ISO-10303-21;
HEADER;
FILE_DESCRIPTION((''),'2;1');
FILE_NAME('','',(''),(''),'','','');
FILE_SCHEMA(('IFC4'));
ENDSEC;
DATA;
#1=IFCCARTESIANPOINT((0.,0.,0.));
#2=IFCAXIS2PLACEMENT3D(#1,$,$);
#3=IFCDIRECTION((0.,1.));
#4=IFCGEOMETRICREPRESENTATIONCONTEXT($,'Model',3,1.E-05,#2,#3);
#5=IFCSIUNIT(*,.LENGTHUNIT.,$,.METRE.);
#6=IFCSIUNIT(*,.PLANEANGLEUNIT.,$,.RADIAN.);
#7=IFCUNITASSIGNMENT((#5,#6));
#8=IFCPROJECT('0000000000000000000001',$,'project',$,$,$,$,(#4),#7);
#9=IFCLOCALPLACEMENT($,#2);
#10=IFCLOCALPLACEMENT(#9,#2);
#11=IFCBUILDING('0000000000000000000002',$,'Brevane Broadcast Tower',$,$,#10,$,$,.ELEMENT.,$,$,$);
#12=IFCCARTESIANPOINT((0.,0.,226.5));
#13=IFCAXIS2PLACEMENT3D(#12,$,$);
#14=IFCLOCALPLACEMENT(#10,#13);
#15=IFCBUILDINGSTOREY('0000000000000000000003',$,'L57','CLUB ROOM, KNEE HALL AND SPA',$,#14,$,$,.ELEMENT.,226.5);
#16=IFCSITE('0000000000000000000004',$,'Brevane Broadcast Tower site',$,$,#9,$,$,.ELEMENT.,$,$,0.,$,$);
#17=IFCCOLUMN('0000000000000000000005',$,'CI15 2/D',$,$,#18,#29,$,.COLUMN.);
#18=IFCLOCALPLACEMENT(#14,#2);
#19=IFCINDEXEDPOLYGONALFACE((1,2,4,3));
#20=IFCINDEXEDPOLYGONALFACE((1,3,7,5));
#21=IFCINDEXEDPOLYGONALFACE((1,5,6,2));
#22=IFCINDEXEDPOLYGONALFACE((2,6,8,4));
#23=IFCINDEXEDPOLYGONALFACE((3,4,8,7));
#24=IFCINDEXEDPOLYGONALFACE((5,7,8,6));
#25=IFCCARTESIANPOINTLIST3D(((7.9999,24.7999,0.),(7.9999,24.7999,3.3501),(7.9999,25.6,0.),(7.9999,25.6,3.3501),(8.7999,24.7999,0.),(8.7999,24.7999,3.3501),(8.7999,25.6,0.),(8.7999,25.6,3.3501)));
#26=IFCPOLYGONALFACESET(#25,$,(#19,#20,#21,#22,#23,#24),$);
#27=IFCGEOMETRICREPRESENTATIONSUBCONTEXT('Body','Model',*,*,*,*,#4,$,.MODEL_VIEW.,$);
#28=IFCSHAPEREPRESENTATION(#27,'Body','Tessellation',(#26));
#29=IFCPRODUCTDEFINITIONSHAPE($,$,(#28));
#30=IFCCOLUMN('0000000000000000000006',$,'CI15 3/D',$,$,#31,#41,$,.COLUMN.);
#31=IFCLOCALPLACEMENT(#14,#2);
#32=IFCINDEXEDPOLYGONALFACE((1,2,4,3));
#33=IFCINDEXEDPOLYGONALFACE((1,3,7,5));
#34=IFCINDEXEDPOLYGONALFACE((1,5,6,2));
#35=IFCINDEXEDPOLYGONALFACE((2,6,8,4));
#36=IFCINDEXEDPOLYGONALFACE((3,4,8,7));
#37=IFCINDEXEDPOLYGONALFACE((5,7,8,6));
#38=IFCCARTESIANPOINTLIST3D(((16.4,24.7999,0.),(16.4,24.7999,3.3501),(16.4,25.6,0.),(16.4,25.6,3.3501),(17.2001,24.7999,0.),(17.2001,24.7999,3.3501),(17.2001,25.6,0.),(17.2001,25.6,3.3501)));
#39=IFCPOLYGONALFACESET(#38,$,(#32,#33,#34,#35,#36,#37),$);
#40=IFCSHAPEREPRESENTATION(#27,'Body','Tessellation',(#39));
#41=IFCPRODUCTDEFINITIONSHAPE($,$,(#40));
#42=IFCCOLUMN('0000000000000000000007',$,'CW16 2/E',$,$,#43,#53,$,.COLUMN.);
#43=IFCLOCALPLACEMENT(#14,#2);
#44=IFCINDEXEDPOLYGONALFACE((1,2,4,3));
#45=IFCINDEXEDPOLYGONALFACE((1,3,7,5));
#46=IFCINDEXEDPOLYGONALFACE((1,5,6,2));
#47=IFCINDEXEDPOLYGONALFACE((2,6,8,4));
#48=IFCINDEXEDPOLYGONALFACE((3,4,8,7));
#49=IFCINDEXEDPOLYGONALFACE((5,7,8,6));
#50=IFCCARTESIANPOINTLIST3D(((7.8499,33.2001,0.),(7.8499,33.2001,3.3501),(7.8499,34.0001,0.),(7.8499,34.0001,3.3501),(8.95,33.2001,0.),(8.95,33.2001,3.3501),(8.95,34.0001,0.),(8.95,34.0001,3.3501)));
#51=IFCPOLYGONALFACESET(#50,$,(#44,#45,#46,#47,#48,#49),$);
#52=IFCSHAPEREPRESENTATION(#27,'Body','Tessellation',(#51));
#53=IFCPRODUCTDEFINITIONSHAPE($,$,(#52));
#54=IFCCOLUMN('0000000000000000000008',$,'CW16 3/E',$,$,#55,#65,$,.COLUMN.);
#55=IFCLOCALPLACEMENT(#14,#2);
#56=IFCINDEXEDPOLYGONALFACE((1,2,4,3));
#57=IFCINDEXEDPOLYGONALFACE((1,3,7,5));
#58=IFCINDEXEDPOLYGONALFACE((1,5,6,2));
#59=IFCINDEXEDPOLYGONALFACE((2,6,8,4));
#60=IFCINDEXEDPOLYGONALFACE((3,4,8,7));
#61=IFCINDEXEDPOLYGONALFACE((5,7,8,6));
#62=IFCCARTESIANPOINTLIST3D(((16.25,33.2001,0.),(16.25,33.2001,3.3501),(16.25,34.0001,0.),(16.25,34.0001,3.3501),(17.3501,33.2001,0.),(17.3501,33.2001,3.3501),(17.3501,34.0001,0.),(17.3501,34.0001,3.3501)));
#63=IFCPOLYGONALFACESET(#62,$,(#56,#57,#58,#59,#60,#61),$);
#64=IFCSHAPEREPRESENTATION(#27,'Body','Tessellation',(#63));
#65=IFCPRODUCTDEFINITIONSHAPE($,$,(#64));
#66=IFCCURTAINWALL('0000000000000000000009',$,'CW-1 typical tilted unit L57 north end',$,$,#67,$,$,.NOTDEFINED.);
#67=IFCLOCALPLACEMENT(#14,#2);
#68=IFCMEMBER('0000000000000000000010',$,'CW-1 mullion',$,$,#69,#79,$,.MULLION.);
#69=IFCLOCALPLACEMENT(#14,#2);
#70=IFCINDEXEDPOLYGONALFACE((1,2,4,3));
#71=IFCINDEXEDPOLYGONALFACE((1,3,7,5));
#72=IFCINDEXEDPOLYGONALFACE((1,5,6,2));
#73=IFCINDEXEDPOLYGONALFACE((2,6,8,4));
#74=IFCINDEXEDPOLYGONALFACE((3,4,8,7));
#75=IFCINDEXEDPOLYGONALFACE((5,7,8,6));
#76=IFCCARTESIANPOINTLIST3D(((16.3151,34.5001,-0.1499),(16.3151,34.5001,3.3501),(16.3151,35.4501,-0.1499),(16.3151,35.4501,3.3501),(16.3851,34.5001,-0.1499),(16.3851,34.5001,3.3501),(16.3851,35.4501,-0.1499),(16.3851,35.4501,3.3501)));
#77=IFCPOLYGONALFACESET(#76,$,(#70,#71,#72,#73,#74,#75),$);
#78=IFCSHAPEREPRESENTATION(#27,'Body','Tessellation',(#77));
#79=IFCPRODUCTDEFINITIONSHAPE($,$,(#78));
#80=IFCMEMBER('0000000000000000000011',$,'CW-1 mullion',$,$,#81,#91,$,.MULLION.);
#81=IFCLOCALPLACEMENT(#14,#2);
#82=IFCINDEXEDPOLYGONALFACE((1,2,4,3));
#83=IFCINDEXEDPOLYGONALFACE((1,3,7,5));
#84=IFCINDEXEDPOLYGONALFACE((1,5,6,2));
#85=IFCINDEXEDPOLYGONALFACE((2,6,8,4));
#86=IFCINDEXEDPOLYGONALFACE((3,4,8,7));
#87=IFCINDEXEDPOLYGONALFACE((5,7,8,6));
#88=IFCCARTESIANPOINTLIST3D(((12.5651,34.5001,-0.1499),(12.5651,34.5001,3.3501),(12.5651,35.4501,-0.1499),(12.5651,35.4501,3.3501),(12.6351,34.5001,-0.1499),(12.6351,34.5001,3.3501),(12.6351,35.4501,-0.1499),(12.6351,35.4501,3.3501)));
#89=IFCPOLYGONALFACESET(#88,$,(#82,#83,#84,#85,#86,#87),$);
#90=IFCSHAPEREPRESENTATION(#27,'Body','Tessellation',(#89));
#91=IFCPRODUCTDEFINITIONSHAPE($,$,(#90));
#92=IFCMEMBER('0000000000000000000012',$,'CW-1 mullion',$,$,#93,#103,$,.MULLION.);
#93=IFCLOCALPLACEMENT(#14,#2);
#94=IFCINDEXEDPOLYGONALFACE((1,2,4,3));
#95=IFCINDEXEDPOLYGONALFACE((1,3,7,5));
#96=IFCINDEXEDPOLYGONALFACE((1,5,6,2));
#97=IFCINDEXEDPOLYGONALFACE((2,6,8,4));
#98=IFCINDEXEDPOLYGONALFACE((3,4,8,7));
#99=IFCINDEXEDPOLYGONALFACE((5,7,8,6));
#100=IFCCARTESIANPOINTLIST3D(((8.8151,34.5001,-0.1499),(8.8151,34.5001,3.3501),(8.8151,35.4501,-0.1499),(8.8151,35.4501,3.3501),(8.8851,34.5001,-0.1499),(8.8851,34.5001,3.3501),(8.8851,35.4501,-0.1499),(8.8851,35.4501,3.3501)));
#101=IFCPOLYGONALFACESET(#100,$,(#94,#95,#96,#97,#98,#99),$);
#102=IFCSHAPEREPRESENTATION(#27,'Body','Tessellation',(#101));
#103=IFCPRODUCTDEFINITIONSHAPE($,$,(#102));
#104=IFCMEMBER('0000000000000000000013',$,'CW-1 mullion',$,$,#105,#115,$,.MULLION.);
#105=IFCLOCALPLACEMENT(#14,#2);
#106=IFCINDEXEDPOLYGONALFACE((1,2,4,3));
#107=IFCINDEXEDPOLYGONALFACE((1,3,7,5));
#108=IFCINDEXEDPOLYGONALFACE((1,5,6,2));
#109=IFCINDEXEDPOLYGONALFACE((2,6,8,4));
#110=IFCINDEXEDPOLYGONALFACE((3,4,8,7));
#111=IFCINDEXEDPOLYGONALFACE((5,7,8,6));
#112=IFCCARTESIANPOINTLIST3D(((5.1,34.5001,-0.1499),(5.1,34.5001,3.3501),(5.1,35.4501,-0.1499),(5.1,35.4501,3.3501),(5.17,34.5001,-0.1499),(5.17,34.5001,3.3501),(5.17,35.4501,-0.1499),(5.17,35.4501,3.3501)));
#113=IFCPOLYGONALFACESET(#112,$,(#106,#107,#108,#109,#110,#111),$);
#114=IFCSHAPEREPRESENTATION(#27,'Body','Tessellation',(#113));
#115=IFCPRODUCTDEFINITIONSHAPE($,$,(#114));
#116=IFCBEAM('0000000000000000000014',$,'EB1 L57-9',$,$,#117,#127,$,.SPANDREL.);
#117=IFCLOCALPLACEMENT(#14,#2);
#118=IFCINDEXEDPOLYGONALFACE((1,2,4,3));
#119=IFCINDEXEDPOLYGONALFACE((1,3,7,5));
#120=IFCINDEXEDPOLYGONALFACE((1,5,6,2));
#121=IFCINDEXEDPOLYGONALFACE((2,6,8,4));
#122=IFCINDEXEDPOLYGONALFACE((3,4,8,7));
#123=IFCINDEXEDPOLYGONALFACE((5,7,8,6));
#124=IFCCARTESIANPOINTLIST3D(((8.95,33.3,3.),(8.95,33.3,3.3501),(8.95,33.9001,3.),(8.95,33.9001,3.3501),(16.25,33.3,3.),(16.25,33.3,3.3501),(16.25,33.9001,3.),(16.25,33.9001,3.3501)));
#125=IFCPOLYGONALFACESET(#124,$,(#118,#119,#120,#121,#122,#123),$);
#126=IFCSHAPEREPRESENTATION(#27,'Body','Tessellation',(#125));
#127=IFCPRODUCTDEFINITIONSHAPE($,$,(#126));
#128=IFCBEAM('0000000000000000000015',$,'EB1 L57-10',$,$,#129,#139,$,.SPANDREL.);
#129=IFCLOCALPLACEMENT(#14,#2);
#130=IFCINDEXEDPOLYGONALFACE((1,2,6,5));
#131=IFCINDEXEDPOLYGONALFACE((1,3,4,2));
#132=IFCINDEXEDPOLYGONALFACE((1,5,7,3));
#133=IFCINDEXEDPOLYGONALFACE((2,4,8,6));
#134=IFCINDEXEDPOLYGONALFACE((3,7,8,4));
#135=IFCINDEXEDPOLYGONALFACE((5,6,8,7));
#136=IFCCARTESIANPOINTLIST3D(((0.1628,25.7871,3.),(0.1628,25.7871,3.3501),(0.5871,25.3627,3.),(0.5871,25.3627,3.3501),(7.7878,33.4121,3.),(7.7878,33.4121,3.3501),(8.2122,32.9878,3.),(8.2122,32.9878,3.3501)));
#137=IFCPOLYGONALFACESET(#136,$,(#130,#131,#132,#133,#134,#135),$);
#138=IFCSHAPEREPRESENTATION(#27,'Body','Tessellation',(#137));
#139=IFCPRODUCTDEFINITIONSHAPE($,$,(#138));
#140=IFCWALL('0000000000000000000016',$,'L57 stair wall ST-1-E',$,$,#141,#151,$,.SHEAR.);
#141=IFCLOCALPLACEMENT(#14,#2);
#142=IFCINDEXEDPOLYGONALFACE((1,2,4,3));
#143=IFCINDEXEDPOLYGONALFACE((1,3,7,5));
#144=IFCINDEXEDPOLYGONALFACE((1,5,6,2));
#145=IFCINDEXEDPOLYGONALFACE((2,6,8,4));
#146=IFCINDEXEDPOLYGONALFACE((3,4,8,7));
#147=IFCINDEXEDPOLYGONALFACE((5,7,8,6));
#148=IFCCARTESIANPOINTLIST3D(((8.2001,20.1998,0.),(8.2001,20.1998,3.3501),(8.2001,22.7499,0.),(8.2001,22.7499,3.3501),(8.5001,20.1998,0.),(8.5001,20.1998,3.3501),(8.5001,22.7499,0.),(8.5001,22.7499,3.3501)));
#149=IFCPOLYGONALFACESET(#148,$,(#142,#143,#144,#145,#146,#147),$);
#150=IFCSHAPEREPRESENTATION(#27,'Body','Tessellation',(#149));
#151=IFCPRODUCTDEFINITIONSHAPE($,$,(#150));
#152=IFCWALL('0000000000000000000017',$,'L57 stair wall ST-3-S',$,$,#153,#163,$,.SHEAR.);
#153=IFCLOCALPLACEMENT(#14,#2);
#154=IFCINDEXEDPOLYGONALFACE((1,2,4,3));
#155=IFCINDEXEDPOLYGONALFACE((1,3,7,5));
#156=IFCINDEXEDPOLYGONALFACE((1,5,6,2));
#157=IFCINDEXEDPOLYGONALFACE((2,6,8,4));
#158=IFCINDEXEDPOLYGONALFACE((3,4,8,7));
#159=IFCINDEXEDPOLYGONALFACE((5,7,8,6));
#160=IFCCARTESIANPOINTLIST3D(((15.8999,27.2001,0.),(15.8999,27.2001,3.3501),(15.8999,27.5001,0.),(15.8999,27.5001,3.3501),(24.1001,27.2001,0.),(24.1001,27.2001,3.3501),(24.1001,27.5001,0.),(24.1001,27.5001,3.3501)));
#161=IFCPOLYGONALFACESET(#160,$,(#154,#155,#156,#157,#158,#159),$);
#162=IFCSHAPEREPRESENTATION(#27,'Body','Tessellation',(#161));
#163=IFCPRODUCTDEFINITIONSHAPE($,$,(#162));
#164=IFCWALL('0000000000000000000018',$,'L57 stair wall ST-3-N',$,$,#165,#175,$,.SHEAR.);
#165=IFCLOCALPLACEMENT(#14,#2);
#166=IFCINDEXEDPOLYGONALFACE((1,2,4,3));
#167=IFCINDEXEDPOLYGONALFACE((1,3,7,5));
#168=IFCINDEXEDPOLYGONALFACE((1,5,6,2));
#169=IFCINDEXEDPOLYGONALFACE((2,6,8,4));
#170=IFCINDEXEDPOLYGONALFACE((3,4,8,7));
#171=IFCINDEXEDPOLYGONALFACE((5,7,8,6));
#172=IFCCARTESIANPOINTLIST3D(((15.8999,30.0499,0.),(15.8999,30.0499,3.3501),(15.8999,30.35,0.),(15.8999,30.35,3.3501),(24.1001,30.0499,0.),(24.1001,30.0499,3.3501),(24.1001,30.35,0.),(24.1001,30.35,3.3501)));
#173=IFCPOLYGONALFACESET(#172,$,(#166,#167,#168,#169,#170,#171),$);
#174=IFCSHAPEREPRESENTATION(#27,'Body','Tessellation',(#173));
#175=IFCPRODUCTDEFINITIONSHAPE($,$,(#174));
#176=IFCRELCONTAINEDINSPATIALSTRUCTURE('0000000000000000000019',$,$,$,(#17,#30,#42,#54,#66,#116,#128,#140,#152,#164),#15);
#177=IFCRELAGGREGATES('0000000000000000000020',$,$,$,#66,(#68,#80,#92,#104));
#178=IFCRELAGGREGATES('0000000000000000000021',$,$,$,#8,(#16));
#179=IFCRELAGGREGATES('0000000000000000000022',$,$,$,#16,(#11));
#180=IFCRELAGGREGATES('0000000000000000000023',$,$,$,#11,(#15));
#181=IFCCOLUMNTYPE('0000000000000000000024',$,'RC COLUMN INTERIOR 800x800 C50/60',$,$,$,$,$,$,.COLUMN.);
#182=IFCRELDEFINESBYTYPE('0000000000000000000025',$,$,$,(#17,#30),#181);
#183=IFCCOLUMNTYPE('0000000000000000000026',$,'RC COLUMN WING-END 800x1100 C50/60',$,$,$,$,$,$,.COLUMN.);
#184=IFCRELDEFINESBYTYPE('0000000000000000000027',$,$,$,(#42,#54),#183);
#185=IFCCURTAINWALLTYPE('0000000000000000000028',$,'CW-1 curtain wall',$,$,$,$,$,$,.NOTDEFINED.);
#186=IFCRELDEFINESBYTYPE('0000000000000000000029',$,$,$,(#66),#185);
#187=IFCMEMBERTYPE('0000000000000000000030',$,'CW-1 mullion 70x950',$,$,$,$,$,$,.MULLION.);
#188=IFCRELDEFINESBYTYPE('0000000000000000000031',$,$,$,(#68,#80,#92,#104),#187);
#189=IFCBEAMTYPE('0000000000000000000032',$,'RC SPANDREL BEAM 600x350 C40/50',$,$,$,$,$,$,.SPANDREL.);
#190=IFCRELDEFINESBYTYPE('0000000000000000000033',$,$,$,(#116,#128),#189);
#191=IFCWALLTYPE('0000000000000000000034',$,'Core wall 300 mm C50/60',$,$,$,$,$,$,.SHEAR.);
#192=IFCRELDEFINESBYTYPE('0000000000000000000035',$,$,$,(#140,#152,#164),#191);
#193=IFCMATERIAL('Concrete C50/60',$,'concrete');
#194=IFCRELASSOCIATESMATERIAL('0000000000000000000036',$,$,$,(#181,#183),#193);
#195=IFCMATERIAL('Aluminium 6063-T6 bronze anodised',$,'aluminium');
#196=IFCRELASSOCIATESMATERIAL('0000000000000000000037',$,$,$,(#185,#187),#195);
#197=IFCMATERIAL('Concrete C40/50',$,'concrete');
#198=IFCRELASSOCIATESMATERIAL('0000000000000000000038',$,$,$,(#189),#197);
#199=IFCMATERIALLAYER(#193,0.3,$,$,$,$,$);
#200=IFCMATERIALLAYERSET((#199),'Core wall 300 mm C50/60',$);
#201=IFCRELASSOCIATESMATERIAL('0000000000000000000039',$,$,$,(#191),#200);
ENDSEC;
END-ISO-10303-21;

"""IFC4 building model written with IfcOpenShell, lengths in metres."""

from ifc_helpers import new_model, si_unit, direction, frame, frame_2d, origin, origin_2d, place, context, subcontext, project, spatial, rectangle, extrude, material, layer, layer_set, material_profile, profile_set, type_object, element, aggregate, save


model = new_model("IFC4")

# Units and contexts
model_context = context("Model", 3, precision=1e-05, world=origin(), true_north=direction((0.0, 1.0)))
body_context = subcontext(model_context, "Body", "Model", "MODEL_VIEW")
ifc_project = project(units=[si_unit("LENGTHUNIT", "METRE"), si_unit("PLANEANGLEUNIT", "RADIAN")], contexts=[model_context])

# Site, building, storey
site_placement = place(None, origin())
site = spatial("IfcSite", under=ifc_project, at=site_placement, Name="Brevane Broadcast Tower site", CompositionType="ELEMENT", RefElevation=0.0)
building_placement = place(site_placement, origin())
building = spatial("IfcBuilding", under=site, at=building_placement, Name="Brevane Broadcast Tower", CompositionType="ELEMENT")
storey_placement = place(building_placement, frame((0.0, 0.0, 226.5)))
storey = spatial("IfcBuildingStorey", under=building, at=storey_placement, Name="L57", Description="CLUB ROOM, KNEE HALL AND SPA", CompositionType="ELEMENT", Elevation=226.5)

# Columns
ifc_material_1 = material(Name="Concrete C50/60", Category="concrete")
ifc_material_profile_1 = material_profile(ifc_material_1, rectangle(XDim=0.8, YDim=0.8, at=origin_2d()), Name="RC 800x800")
ifc_profile_set_1 = profile_set([ifc_material_profile_1], Name="Concrete C50/60")
column_type_1 = type_object("IfcColumnType", Name="RC COLUMN INTERIOR 800x800 C50/60", PredefinedType="COLUMN", material=ifc_profile_set_1)
for number, where, z_axis, x_axis, name in (
    (1, (8.3999, 25.2, 0.0), (0.0, 0.0, 1.0), (1.0, 0.0, 0.0), "CI15 2/D"),
    (2, (16.8, 25.2, 0.0), (0.0, 0.0, 1.0), (1.0, 0.0, 0.0), "CI15 3/D"),
):
    element("IfcColumn", number, at=place(storey_placement, frame(where, z_axis=z_axis, x_axis=x_axis)), inside=storey, type_object=column_type_1, Name=name, PredefinedType="COLUMN", context=body_context, shape_type="SweptSolid", body=[
        extrude(rectangle(XDim=0.8, YDim=0.8, at=origin_2d()), origin(), (0.0, 0.0, 1.0), 3.3501),
    ])
ifc_material_profile_2 = material_profile(ifc_material_1, rectangle(XDim=0.8, YDim=1.1001, at=origin_2d()), Name="RC 800x1100")
ifc_profile_set_2 = profile_set([ifc_material_profile_2], Name="Concrete C50/60")
column_type_2 = type_object("IfcColumnType", Name="RC COLUMN WING-END 800x1100 C50/60", PredefinedType="COLUMN", material=ifc_profile_set_2)
for number, where, z_axis, x_axis, name in (
    (3, (8.3999, 33.6001, 0.0), (0.0, 0.0, 1.0), (0.0, 1.0, 0.0), "CW16 2/E"),
    (4, (16.8, 33.6001, 0.0), (0.0, 0.0, 1.0), (0.0, 1.0, 0.0), "CW16 3/E"),
):
    element("IfcColumn", number, at=place(storey_placement, frame(where, z_axis=z_axis, x_axis=x_axis)), inside=storey, type_object=column_type_2, Name=name, PredefinedType="COLUMN", context=body_context, shape_type="SweptSolid", body=[
        extrude(rectangle(XDim=0.8, YDim=1.1001, at=origin_2d()), origin(), (0.0, 0.0, 1.0), 3.3501),
    ])

# Curtain wall, members
ifc_material_2 = material(Name="Aluminium 6063-T6 bronze anodised", Category="aluminium")
curtain_wall_type = type_object("IfcCurtainWallType", Name="CW-1 curtain wall", PredefinedType="NOTDEFINED", material=ifc_material_2)
curtain_wall_placement = place(storey_placement, origin())
curtain_wall = element("IfcCurtainWall", 5, at=curtain_wall_placement, inside=storey, type_object=curtain_wall_type, Name="CW-1 typical tilted unit L57 north end", PredefinedType="NOTDEFINED")
ifc_material_profile_3 = material_profile(ifc_material_2, rectangle(XDim=0.95, YDim=0.0701, at=origin_2d()), Name="RECT 70x950")
ifc_profile_set_3 = profile_set([ifc_material_profile_3], Name="Aluminium 6063-T6 bronze anodised")
member_type = type_object("IfcMemberType", Name="CW-1 mullion 70x950", PredefinedType="MULLION", material=ifc_profile_set_3)
member_1_placement = place(storey_placement, frame((16.3501, 34.9751, -0.1499), z_axis=(0.0, 0.0, 1.0), x_axis=(0.0, -1.0, 0.0)))
member_1 = element("IfcMember", 6, at=member_1_placement, type_object=member_type, Name="CW-1 mullion", PredefinedType="MULLION", context=body_context, shape_type="SweptSolid", body=[
    extrude(rectangle(XDim=0.95, YDim=0.0701, at=origin_2d()), origin(), (0.0, 0.0, 1.0), 3.5),
])
member_2_placement = place(storey_placement, frame((12.6001, 34.9751, -0.1499), z_axis=(0.0, 0.0, 1.0), x_axis=(0.0, -1.0, 0.0)))
member_2 = element("IfcMember", 7, at=member_2_placement, type_object=member_type, Name="CW-1 mullion", PredefinedType="MULLION", context=body_context, shape_type="SweptSolid", body=[
    extrude(rectangle(XDim=0.95, YDim=0.0701, at=origin_2d()), origin(), (0.0, 0.0, 1.0), 3.5),
])
member_3_placement = place(storey_placement, frame((8.8501, 34.9751, -0.1499), z_axis=(0.0, 0.0, 1.0), x_axis=(0.0, -1.0, 0.0)))
member_3 = element("IfcMember", 8, at=member_3_placement, type_object=member_type, Name="CW-1 mullion", PredefinedType="MULLION", context=body_context, shape_type="SweptSolid", body=[
    extrude(rectangle(XDim=0.95, YDim=0.0701, at=origin_2d()), origin(), (0.0, 0.0, 1.0), 3.5),
])
member_4_placement = place(storey_placement, frame((5.135, 34.9751, -0.1499), z_axis=(0.0, 0.0, 1.0), x_axis=(0.0, -1.0, 0.0)))
member_4 = element("IfcMember", 9, at=member_4_placement, type_object=member_type, Name="CW-1 mullion", PredefinedType="MULLION", context=body_context, shape_type="SweptSolid", body=[
    extrude(rectangle(XDim=0.95, YDim=0.0701, at=origin_2d()), origin(), (0.0, 0.0, 1.0), 3.5),
])
aggregate(curtain_wall, [member_1, member_2, member_3, member_4])

# Beams
ifc_material_3 = material(Name="Concrete C40/50", Category="concrete")
ifc_material_profile_4 = material_profile(ifc_material_3, rectangle(XDim=0.6001, YDim=0.3501, at=origin_2d()), Name="RC 600x350")
ifc_profile_set_4 = profile_set([ifc_material_profile_4], Name="Concrete C40/50")
beam_type = type_object("IfcBeamType", Name="RC SPANDREL BEAM 600x350 C40/50", PredefinedType="SPANDREL", material=ifc_profile_set_4)
beam_1_placement = place(storey_placement, frame((16.25, 33.6001, 3.175), z_axis=(-1.0, 0.0, 0.0), x_axis=(0.0, -1.0, 0.0)))
element("IfcBeam", 10, at=beam_1_placement, inside=storey, type_object=beam_type, Name="EB1 L57-9", PredefinedType="SPANDREL", context=body_context, shape_type="SweptSolid", body=[
    extrude(rectangle(XDim=0.6001, YDim=0.3501, at=origin_2d()), origin(), (0.0, 0.0, 1.0), 7.3),
])
beam_2_placement = place(storey_placement, frame((8.0, 33.2, 3.175), z_axis=(-0.707107, -0.707107, 0.0), x_axis=(0.707107, -0.707107, 0.0)))
element("IfcBeam", 11, at=beam_2_placement, inside=storey, type_object=beam_type, Name="EB1 L57-10", PredefinedType="SPANDREL", context=body_context, shape_type="SweptSolid", body=[
    extrude(rectangle(XDim=0.6001, YDim=0.3501, at=origin_2d()), origin(), (0.0, 0.0, 1.0), 10.7834),
])

# Walls
ifc_layer_1 = layer(ifc_material_1, 0.3)
ifc_layer_set_1 = layer_set([ifc_layer_1], Name="Core wall 300 mm C50/60")
wall_type_1 = type_object("IfcWallType", Name="Core wall 300 mm C50/60", PredefinedType="SHEAR", material=ifc_layer_set_1)
wall_1_placement = place(storey_placement, frame((8.3501, 20.2, 0.0), z_axis=(0.0, 0.0, 1.0), x_axis=(0.0, 1.0, 0.0)))
element("IfcWall", 12, at=wall_1_placement, inside=storey, type_object=wall_type_1, Name="L57 stair wall ST-1-E", PredefinedType="SHEAR", context=body_context, shape_type="SweptSolid", body=[
    extrude(rectangle(XDim=2.55, YDim=0.3, at=frame_2d((1.2749, 0.0))), origin(), (0.0, 0.0, 1.0), 3.3501),
])
for number, where, z_axis, x_axis, name in (
    (13, (15.8999, 27.3501, 0.0), (0.0, 0.0, 1.0), (1.0, 0.0, 0.0), "L57 stair wall ST-3-S"),
    (14, (15.8999, 30.2, 0.0), (0.0, 0.0, 1.0), (1.0, 0.0, 0.0), "L57 stair wall ST-3-N"),
):
    element("IfcWall", number, at=place(storey_placement, frame(where, z_axis=z_axis, x_axis=x_axis)), inside=storey, type_object=wall_type_1, Name=name, PredefinedType="SHEAR", context=body_context, shape_type="SweptSolid", body=[
        extrude(rectangle(XDim=8.2002, YDim=0.3, at=frame_2d((4.1001, 0.0))), origin(), (0.0, 0.0, 1.0), 3.3501),
    ])

save(model, "model.ifc")
